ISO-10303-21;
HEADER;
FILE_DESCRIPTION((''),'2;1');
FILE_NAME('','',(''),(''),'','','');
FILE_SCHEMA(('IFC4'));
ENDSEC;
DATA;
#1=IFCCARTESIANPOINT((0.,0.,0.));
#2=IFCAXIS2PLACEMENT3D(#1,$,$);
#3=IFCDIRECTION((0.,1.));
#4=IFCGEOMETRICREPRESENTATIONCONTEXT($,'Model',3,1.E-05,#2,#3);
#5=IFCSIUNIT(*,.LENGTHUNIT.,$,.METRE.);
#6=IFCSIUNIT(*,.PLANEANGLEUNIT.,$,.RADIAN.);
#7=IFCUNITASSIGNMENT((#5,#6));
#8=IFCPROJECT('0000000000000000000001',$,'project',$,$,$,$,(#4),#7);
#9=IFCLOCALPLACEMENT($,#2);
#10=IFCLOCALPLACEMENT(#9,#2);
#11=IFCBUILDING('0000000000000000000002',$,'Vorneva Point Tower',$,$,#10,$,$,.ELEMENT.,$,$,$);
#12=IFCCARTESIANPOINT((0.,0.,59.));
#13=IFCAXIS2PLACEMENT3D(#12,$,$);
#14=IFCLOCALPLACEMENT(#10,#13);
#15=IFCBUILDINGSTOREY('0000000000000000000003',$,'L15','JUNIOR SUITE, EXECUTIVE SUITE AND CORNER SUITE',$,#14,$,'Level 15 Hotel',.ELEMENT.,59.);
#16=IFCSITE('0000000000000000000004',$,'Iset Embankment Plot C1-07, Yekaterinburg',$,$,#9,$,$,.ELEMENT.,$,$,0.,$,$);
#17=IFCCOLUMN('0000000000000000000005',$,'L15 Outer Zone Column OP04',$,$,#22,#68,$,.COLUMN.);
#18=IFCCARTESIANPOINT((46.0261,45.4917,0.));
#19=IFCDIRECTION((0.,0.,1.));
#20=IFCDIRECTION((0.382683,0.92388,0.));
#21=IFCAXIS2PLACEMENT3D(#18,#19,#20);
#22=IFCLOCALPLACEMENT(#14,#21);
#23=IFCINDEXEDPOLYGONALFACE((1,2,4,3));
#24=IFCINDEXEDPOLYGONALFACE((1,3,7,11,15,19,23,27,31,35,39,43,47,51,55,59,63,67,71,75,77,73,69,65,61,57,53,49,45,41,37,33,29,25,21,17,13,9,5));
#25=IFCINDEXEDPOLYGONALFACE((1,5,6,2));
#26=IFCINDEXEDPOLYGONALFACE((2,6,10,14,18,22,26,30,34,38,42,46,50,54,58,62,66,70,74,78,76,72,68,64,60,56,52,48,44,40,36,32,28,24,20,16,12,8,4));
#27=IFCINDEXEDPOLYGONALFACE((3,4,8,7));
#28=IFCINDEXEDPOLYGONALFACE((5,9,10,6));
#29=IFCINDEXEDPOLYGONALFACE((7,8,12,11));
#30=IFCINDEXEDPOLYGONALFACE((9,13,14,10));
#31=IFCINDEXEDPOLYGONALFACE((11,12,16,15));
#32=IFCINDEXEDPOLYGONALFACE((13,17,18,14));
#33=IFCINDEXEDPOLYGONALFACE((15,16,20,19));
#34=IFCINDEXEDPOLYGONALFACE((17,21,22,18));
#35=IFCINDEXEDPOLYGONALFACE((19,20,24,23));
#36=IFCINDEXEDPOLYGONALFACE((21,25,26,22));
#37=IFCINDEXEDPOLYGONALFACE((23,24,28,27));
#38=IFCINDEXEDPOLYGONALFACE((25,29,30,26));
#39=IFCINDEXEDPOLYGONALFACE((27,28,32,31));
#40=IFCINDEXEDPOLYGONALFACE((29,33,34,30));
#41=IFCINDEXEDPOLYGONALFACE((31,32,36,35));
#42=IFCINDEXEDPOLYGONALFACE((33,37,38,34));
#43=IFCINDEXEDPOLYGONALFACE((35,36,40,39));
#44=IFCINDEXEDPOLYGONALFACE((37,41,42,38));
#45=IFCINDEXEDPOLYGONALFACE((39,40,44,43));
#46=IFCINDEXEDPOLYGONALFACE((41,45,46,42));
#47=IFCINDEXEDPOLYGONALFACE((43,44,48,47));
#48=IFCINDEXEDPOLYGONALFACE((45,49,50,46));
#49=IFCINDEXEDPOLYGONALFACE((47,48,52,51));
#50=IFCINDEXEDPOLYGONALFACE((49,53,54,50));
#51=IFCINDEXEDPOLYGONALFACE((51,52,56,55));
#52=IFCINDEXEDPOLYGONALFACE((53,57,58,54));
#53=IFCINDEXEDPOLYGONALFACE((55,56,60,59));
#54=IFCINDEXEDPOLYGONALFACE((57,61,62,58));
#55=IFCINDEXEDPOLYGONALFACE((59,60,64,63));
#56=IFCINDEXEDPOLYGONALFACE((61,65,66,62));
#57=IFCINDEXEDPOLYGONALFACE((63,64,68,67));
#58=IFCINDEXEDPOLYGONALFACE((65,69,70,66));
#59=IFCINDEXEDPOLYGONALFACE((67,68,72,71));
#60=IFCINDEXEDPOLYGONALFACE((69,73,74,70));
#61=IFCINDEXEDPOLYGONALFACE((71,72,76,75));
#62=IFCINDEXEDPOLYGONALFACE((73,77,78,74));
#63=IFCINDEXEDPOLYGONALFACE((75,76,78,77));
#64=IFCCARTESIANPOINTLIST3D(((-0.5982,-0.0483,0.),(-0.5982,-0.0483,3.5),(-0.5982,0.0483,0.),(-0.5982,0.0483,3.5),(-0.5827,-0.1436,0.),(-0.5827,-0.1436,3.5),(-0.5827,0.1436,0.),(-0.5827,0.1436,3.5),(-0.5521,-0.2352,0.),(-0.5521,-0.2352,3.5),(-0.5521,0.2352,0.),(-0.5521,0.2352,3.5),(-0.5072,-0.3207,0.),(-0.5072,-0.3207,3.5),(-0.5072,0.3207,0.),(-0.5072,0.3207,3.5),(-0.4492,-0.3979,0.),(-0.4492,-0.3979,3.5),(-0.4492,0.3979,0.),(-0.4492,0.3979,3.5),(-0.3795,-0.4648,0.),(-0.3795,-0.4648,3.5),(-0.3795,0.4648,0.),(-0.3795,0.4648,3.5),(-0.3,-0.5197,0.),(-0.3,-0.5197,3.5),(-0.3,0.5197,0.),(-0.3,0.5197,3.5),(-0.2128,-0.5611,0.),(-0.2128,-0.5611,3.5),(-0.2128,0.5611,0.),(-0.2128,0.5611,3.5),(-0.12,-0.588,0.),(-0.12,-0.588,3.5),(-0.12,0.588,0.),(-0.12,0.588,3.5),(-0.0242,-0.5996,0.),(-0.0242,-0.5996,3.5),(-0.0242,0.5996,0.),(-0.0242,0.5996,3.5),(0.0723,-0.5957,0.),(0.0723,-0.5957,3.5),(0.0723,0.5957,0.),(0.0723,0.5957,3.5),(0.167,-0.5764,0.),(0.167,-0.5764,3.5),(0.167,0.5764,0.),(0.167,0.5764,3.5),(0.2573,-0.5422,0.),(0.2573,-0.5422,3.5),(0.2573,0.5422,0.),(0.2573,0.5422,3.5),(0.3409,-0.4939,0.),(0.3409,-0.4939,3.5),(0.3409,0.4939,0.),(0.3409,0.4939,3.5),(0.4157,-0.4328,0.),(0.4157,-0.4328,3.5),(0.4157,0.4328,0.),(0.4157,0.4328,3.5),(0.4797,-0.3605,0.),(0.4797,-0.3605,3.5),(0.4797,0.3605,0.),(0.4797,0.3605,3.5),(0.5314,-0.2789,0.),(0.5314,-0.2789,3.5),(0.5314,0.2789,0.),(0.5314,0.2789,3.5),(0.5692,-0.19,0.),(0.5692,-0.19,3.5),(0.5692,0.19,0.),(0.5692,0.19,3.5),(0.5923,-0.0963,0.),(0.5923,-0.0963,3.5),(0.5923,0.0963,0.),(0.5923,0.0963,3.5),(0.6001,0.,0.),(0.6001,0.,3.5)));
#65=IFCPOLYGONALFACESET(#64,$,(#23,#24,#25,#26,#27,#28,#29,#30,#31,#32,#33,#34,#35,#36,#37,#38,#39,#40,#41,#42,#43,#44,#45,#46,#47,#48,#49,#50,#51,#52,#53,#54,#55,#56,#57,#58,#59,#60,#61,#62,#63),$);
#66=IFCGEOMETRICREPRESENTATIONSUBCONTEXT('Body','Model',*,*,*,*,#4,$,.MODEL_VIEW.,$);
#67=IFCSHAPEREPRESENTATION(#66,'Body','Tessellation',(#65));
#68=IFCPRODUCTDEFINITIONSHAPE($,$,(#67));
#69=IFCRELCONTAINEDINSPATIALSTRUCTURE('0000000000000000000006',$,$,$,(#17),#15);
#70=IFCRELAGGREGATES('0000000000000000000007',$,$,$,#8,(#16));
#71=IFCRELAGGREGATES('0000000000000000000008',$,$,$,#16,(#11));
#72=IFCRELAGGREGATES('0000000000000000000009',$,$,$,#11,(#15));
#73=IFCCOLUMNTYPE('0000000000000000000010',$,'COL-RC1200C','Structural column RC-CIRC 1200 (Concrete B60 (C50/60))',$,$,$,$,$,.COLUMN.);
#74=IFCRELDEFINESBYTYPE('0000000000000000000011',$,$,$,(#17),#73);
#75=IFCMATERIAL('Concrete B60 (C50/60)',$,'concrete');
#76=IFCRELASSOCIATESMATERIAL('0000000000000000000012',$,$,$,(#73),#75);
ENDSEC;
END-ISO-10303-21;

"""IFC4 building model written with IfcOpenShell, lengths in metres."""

from ifc_helpers import new_model, si_unit, direction, frame, origin, origin_2d, place, context, subcontext, project, spatial, circle, extrude, material, material_profile, profile_set, type_object, element, save


model = new_model("IFC4")

# Units and contexts
model_context = context("Model", 3, precision=1e-05, world=origin(), true_north=direction((0.0, 1.0)))
body_context = subcontext(model_context, "Body", "Model", "MODEL_VIEW")
ifc_project = project(units=[si_unit("LENGTHUNIT", "METRE"), si_unit("PLANEANGLEUNIT", "RADIAN")], contexts=[model_context])

# Site, building, storey
site_placement = place(None, origin())
site = spatial("IfcSite", under=ifc_project, at=site_placement, Name="Iset Embankment Plot C1-07, Yekaterinburg", CompositionType="ELEMENT", RefElevation=0.0)
building_placement = place(site_placement, origin())
building = spatial("IfcBuilding", under=site, at=building_placement, Name="Vorneva Point Tower", CompositionType="ELEMENT")
storey_placement = place(building_placement, frame((0.0, 0.0, 59.0)))
storey = spatial("IfcBuildingStorey", under=building, at=storey_placement, Name="L15", Description="JUNIOR SUITE, EXECUTIVE SUITE AND CORNER SUITE", LongName="Level 15 Hotel", CompositionType="ELEMENT", Elevation=59.0)

# Column
ifc_material_1 = material(Name="Concrete B60 (C50/60)", Category="concrete")
ifc_material_profile_1 = material_profile(ifc_material_1, circle(Radius=0.6001, at=origin_2d()), Name="RC-CIRC 1200")
ifc_profile_set_1 = profile_set([ifc_material_profile_1], Name="Concrete B60 (C50/60)")
column_type = type_object("IfcColumnType", Name="COL-RC1200C", Description="Structural column RC-CIRC 1200 (Concrete B60 (C50/60))", PredefinedType="COLUMN", material=ifc_profile_set_1)
for number, where, z_axis, x_axis, name in (
    (1, (46.0261, 45.4917, 0.0), (0.0, 0.0, 1.0), (0.382683, 0.92388, 0.0), "L15 Outer Zone Column OP04"),
):
    element("IfcColumn", number, at=place(storey_placement, frame(where, z_axis=z_axis, x_axis=x_axis)), inside=storey, type_object=column_type, Name=name, PredefinedType="COLUMN", context=body_context, shape_type="SweptSolid", body=[
        extrude(circle(Radius=0.6001, at=origin_2d()), origin(), (0.0, 0.0, 1.0), 3.5),
    ])

save(model, "model.ifc")
